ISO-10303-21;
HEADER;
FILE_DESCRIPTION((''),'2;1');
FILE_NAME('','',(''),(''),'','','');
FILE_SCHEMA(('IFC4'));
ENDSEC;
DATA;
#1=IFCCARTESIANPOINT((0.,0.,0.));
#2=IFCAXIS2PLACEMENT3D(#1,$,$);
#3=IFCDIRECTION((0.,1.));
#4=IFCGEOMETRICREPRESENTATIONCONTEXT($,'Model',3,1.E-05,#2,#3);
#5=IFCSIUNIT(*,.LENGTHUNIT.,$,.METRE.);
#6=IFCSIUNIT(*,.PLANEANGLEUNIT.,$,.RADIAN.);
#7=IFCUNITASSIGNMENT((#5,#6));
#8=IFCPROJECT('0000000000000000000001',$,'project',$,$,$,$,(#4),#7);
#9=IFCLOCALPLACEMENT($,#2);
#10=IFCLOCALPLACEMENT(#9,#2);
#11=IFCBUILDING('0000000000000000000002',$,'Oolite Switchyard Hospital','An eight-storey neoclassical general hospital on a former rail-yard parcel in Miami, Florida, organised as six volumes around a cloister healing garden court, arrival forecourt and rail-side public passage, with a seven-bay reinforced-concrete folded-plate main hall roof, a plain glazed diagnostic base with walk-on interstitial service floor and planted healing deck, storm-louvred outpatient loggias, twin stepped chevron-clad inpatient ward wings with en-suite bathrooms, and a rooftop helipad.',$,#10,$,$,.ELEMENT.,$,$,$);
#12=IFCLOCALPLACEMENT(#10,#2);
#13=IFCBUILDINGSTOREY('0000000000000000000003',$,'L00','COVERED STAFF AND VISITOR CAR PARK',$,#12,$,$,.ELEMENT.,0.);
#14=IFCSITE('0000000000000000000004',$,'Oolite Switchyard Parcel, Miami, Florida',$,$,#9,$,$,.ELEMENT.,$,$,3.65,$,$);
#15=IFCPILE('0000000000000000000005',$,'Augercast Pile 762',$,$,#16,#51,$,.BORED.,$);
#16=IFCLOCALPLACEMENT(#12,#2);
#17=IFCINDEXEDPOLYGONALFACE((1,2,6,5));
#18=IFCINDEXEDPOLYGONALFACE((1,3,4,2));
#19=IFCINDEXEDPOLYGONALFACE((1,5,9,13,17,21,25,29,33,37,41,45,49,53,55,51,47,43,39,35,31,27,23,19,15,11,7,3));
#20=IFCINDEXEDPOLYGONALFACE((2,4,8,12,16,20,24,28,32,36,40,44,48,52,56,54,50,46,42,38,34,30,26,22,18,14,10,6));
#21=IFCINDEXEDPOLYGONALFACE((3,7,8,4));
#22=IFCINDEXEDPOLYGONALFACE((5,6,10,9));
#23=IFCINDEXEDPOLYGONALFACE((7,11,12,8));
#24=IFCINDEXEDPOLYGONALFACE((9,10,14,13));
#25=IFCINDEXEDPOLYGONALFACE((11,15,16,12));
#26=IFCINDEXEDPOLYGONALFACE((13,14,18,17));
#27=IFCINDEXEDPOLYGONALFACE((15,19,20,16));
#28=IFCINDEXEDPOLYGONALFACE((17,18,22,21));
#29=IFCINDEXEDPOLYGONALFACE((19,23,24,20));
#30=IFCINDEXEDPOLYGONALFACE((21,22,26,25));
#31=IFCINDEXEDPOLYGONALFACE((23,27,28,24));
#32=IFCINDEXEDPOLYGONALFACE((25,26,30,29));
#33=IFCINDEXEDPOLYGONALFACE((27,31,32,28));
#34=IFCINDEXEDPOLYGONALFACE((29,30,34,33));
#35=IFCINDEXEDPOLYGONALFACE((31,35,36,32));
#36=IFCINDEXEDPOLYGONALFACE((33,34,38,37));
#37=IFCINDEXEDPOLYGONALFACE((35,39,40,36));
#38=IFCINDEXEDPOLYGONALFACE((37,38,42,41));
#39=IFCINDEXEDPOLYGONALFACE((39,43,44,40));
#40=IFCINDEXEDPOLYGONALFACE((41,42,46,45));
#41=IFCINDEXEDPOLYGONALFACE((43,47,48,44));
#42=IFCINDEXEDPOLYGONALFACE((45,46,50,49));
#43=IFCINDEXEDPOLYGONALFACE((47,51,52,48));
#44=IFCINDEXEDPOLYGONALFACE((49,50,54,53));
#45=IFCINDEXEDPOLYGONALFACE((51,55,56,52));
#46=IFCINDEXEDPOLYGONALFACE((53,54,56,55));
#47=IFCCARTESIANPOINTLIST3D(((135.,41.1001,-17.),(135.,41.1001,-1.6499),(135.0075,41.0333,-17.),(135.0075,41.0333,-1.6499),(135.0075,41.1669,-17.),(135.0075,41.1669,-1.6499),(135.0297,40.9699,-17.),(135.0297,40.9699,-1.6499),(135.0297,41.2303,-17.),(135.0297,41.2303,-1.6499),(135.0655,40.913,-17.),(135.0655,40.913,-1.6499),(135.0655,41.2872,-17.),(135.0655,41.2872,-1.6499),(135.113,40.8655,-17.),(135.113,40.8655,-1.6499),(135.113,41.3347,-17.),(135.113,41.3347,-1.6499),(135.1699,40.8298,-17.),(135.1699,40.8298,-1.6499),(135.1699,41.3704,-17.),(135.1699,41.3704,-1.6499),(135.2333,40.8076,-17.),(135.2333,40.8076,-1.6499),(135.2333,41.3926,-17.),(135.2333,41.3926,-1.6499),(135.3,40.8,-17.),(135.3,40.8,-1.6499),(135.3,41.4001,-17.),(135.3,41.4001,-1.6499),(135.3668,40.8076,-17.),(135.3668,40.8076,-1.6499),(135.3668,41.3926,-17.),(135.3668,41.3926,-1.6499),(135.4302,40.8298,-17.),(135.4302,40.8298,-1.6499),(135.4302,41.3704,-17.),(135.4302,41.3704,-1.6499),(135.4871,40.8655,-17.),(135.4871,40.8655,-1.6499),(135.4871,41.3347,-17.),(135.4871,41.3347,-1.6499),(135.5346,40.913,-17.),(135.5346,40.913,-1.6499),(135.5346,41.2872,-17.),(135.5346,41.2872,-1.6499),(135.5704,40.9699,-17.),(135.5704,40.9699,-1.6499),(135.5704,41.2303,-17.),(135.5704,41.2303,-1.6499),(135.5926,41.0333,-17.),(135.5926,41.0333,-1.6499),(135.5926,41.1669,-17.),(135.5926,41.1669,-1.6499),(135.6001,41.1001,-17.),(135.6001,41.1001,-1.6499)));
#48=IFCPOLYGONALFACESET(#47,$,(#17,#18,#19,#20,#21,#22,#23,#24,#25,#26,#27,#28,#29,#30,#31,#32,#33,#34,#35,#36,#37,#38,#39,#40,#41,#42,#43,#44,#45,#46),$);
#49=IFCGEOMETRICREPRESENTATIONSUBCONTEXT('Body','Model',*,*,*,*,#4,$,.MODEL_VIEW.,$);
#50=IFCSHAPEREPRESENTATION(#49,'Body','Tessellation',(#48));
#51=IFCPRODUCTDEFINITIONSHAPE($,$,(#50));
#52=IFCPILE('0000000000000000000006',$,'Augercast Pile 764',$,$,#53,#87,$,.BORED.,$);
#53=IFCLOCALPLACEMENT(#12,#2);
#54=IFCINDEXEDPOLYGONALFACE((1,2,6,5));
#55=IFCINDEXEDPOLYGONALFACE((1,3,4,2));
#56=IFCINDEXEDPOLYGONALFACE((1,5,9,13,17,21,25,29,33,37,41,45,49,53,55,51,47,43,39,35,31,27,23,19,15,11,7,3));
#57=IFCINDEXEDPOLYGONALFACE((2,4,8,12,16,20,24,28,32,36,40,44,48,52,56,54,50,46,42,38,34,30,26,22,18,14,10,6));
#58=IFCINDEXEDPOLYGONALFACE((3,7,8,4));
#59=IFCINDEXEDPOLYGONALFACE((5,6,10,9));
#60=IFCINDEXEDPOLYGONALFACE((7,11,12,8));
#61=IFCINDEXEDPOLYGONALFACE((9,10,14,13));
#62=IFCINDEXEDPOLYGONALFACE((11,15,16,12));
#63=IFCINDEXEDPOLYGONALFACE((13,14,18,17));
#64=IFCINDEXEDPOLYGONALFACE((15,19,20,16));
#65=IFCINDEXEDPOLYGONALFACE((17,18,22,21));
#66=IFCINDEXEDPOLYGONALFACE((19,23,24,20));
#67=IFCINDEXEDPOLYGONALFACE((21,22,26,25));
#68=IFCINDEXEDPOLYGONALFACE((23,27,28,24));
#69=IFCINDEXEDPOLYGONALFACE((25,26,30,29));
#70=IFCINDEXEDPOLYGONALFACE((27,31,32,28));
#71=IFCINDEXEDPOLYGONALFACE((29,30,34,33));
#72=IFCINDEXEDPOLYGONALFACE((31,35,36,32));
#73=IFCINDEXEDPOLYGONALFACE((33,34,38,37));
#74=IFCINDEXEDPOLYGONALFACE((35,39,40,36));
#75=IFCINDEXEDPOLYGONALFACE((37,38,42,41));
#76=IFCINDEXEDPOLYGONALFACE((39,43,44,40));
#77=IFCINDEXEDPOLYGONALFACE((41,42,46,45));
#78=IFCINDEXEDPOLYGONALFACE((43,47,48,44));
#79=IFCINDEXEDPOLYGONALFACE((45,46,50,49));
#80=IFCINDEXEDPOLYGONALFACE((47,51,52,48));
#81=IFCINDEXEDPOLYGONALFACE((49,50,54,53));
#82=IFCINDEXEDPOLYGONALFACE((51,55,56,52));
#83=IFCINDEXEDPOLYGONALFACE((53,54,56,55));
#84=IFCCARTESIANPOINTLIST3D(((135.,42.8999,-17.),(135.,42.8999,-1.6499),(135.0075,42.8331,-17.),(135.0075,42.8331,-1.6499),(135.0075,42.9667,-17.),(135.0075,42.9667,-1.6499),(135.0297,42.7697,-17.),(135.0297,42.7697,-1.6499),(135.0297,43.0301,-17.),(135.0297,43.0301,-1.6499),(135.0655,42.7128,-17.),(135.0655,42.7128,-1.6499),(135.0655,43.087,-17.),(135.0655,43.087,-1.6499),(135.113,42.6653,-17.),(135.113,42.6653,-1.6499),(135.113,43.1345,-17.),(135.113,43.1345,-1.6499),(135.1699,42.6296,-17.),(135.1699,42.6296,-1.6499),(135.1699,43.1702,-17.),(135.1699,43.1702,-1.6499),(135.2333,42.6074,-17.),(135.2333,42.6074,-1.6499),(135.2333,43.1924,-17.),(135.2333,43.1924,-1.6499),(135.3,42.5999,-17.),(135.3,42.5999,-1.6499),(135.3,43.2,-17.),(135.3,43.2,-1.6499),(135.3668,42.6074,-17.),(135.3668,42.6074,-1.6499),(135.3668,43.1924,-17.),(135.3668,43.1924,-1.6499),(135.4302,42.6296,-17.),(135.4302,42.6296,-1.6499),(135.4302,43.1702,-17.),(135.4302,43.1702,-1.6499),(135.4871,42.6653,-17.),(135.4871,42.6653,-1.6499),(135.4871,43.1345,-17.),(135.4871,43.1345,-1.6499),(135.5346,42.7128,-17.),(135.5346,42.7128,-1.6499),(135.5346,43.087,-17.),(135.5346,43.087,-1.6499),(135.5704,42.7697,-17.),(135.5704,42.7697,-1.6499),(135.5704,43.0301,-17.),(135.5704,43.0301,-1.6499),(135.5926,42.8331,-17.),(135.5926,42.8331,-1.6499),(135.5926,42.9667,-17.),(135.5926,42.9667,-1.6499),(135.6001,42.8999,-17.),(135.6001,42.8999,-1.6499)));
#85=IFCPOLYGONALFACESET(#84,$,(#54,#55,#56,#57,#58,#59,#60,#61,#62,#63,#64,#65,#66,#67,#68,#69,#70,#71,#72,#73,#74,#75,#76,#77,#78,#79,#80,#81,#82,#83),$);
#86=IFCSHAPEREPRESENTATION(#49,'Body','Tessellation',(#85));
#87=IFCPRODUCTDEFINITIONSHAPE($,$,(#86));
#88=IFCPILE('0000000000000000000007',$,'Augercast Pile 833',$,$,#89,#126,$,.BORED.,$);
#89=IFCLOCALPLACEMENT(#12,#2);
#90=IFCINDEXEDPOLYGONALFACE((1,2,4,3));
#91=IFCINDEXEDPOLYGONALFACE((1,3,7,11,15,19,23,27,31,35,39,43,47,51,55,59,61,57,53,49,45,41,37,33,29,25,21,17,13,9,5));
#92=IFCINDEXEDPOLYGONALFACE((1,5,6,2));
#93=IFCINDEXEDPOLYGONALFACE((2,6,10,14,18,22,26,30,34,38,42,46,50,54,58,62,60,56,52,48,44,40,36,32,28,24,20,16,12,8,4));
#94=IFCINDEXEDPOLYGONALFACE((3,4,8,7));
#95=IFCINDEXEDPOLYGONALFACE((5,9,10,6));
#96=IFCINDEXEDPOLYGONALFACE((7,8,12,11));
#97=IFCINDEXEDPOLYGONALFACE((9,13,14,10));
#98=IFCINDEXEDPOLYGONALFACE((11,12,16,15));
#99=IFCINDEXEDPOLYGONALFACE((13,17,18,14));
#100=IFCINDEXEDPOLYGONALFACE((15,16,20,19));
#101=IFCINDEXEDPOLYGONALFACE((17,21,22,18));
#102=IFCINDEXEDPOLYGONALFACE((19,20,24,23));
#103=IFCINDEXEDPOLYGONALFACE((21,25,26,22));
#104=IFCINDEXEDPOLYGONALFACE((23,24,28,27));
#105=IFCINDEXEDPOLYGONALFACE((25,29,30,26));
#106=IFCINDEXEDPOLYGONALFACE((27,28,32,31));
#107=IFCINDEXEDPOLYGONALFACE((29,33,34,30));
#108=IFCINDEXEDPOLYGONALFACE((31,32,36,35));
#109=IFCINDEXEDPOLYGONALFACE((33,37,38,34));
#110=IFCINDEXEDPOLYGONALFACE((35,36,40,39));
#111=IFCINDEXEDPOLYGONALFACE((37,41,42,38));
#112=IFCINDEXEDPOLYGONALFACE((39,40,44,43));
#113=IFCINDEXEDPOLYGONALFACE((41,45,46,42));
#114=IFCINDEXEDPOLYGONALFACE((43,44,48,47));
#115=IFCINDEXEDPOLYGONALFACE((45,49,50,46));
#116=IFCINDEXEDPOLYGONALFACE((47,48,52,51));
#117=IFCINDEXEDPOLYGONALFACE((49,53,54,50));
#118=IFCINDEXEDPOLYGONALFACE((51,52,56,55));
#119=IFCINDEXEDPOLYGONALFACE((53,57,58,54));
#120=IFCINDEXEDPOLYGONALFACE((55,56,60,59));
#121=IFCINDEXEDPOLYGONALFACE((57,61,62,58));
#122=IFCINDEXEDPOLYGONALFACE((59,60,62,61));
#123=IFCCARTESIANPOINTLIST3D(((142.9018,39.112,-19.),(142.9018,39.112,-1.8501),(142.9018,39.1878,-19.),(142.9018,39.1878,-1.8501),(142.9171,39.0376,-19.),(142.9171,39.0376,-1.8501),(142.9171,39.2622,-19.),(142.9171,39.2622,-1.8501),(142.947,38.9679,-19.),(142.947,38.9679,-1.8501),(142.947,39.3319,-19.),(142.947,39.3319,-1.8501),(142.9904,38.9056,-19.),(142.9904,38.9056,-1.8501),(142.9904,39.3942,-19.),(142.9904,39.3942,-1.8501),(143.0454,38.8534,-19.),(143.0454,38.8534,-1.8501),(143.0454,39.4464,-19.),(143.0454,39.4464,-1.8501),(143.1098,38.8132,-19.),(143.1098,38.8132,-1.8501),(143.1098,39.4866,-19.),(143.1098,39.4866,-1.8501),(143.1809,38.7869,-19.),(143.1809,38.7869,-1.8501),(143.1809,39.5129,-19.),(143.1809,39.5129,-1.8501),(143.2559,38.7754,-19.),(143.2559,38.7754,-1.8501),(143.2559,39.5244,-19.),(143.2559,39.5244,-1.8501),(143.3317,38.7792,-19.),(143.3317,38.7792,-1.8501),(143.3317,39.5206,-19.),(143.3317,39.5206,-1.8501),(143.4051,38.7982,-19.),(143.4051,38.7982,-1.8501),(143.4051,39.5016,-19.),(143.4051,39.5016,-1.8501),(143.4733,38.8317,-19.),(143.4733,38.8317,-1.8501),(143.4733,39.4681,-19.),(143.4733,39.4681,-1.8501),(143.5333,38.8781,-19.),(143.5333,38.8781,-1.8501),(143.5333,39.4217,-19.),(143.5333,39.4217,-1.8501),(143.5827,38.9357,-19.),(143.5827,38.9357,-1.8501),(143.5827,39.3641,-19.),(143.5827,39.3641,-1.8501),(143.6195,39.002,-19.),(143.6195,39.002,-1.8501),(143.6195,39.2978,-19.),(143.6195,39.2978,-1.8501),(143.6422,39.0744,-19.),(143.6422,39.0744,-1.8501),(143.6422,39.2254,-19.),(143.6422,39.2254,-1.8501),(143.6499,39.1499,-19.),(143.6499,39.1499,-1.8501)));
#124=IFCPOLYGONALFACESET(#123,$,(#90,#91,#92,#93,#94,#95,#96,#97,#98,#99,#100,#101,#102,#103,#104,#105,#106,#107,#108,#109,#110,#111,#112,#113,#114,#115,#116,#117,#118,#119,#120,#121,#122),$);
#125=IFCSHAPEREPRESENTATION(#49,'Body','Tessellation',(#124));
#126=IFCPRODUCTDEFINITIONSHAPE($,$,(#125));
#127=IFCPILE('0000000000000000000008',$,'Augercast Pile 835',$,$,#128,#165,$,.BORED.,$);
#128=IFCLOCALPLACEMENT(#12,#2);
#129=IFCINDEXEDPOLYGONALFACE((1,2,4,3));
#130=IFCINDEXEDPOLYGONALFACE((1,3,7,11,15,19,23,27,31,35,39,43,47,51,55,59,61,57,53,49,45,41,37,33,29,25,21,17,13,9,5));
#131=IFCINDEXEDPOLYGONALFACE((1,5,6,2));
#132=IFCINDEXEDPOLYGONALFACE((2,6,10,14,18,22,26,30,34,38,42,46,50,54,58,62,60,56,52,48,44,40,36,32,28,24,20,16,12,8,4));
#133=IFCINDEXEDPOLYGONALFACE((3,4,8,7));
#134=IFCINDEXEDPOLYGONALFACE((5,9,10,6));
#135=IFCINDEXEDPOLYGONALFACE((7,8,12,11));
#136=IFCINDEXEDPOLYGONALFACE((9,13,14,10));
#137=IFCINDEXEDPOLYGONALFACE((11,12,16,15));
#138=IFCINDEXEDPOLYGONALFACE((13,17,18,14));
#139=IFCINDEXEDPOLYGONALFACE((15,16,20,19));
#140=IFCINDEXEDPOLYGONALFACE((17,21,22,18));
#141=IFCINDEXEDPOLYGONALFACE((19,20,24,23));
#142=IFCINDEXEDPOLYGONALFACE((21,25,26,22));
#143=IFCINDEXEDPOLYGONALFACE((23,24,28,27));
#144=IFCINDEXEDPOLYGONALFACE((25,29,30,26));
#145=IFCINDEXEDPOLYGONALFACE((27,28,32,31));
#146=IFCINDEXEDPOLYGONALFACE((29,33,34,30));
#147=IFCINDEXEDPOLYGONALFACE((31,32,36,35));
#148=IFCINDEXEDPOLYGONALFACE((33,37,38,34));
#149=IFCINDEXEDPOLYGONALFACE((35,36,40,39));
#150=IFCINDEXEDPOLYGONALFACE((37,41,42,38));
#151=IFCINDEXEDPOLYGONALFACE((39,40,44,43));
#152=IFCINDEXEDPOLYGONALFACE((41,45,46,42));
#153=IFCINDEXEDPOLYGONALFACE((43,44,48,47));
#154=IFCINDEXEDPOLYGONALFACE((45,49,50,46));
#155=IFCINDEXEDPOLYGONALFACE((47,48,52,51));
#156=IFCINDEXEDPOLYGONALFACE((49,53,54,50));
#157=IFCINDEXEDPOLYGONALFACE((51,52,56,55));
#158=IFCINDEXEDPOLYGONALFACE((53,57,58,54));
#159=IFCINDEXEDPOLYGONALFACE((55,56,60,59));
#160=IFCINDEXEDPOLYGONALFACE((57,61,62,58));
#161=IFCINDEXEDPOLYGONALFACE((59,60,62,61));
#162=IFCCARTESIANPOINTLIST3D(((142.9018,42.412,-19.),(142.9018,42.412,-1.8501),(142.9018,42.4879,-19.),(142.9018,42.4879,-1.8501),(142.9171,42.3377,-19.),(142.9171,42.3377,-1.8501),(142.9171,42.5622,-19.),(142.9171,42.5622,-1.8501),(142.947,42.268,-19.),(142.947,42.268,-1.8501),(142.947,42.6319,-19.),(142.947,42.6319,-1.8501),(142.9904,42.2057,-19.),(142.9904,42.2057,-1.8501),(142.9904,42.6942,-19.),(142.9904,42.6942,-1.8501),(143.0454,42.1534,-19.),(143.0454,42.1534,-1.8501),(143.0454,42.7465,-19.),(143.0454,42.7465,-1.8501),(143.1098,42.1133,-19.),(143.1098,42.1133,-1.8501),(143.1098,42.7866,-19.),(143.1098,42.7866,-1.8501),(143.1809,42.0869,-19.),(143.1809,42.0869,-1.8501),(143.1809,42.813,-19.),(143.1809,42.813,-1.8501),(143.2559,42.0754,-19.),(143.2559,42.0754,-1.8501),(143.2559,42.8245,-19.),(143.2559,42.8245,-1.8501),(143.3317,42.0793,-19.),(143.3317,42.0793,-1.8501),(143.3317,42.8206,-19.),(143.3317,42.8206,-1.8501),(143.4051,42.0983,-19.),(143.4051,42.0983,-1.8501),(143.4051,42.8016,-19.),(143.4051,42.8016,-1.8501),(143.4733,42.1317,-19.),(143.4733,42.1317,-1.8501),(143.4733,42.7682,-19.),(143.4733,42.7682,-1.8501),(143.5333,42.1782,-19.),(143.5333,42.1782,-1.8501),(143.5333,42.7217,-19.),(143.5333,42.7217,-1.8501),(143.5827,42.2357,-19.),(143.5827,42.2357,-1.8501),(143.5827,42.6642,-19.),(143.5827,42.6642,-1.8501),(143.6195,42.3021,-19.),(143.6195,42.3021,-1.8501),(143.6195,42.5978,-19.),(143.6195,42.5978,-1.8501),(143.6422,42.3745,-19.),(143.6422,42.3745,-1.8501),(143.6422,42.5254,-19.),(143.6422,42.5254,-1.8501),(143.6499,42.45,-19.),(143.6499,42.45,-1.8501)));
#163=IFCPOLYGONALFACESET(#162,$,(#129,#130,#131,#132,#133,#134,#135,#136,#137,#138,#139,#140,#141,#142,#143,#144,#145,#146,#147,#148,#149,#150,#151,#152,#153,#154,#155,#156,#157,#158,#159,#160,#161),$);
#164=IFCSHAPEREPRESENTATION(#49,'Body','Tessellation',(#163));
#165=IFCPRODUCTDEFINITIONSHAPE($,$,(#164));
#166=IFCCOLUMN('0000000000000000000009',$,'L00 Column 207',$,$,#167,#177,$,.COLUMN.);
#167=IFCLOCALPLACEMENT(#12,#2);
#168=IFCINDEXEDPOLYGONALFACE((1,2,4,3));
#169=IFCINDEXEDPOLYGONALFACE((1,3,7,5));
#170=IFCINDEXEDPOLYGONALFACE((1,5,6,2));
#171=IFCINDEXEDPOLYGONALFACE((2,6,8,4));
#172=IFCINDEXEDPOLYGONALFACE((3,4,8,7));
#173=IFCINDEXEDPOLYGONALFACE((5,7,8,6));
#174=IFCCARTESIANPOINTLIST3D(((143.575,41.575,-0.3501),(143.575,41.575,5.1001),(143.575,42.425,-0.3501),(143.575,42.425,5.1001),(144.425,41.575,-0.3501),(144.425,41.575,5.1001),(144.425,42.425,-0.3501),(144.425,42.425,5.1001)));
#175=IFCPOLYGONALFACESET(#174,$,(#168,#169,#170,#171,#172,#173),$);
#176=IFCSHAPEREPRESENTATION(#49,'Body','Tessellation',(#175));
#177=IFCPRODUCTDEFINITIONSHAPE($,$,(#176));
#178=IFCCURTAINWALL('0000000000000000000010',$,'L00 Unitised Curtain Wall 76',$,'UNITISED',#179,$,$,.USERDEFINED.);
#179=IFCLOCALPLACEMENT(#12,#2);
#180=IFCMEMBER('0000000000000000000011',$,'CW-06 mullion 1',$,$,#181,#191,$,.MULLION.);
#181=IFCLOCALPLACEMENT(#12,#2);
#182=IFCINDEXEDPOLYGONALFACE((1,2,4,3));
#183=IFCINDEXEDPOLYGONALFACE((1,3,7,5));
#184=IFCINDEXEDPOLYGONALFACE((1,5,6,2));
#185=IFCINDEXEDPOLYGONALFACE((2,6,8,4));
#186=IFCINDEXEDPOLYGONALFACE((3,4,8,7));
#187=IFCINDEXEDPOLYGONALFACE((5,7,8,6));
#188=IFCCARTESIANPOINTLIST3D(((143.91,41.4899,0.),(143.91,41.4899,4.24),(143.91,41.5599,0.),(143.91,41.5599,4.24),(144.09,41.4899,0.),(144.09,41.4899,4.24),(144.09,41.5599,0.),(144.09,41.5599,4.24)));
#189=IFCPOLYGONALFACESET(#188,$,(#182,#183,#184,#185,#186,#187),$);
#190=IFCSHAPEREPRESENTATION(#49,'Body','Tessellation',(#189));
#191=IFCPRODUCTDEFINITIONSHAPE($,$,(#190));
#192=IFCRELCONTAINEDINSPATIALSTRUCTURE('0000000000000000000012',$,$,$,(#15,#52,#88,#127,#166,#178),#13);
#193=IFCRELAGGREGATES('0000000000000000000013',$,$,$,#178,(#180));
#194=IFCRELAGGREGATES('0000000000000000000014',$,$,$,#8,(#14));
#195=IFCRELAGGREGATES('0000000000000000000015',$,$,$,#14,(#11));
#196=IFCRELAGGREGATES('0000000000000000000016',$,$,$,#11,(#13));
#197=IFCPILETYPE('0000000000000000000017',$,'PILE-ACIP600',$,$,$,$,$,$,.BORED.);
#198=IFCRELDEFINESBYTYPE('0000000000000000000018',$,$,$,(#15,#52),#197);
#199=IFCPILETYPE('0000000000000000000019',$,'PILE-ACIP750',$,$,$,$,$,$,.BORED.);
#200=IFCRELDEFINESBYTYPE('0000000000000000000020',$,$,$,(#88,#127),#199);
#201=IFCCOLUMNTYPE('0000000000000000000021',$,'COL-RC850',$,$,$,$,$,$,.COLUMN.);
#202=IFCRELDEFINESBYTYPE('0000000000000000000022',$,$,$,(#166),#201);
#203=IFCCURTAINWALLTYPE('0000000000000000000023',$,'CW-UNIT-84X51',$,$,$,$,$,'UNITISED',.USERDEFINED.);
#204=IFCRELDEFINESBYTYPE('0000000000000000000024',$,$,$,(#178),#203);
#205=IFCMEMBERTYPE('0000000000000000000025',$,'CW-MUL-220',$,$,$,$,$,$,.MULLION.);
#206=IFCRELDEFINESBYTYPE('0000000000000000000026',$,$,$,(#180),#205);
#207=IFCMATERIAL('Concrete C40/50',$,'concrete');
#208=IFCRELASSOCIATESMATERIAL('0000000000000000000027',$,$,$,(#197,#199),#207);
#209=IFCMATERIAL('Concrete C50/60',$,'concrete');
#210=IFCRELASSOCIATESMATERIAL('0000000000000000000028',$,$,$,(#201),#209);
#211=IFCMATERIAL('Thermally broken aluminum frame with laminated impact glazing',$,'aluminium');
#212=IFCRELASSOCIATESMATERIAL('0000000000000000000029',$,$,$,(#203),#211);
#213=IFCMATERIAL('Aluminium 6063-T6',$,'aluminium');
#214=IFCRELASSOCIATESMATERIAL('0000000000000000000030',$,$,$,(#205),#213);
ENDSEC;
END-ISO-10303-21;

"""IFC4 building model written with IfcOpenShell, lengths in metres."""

from ifc_helpers import new_model, si_unit, direction, frame, origin, origin_2d, place, context, subcontext, project, spatial, rectangle, circle, extrude, material, material_profile, profile_set, type_object, element, aggregate, save


model = new_model("IFC4")

# Units and contexts
model_context = context("Model", 3, precision=1e-05, world=origin(), true_north=direction((0.0, 1.0)))
body_context = subcontext(model_context, "Body", "Model", "MODEL_VIEW")
ifc_project = project(units=[si_unit("LENGTHUNIT", "METRE"), si_unit("PLANEANGLEUNIT", "RADIAN")], contexts=[model_context])

# Site, building, storey
site_placement = place(None, origin())
site = spatial("IfcSite", under=ifc_project, at=site_placement, Name="Oolite Switchyard Parcel, Miami, Florida", CompositionType="ELEMENT", RefElevation=3.65)
building_placement = place(site_placement, origin())
building = spatial("IfcBuilding", under=site, at=building_placement, Name="Oolite Switchyard Hospital", Description="An eight-storey neoclassical general hospital on a former rail-yard parcel in Miami, Florida, organised as six volumes around a cloister healing garden court, arrival forecourt and rail-side public passage, with a seven-bay reinforced-concrete folded-plate main hall roof, a plain glazed diagnostic base with walk-on interstitial service floor and planted healing deck, storm-louvred outpatient loggias, twin stepped chevron-clad inpatient ward wings with en-suite bathrooms, and a rooftop helipad.", CompositionType="ELEMENT")
storey_placement = place(building_placement, origin())
storey = spatial("IfcBuildingStorey", under=building, at=storey_placement, Name="L00", Description="COVERED STAFF AND VISITOR CAR PARK", CompositionType="ELEMENT", Elevation=0.0)

# Piles
ifc_material_1 = material(Name="Concrete C40/50", Category="concrete")
ifc_material_profile_1 = material_profile(ifc_material_1, circle(Radius=0.3, at=origin_2d()), Name="PILE600")
ifc_profile_set_1 = profile_set([ifc_material_profile_1], Name="Concrete C40/50")
pile_type_1 = type_object("IfcPileType", Name="PILE-ACIP600", PredefinedType="BORED", material=ifc_profile_set_1)
for number, where, z_axis, x_axis, name in (
    (1, (135.3, 41.1001, -1.6499), (0.0, 0.0, -1.0), (1.0, 0.0, 0.0), "Augercast Pile 762"),
    (2, (135.3, 42.8999, -1.6499), (0.0, 0.0, -1.0), (1.0, 0.0, 0.0), "Augercast Pile 764"),
):
    element("IfcPile", number, at=place(storey_placement, frame(where, z_axis=z_axis, x_axis=x_axis)), inside=storey, type_object=pile_type_1, Name=name, PredefinedType="BORED", context=body_context, shape_type="SweptSolid", body=[
        extrude(circle(Radius=0.3, at=origin_2d()), origin(), (0.0, 0.0, 1.0), 15.3501),
    ])
ifc_material_profile_2 = material_profile(ifc_material_1, circle(Radius=0.375, at=origin_2d()), Name="PILE750")
ifc_profile_set_2 = profile_set([ifc_material_profile_2], Name="Concrete C40/50")
pile_type_2 = type_object("IfcPileType", Name="PILE-ACIP750", PredefinedType="BORED", material=ifc_profile_set_2)
for number, where, z_axis, x_axis, name in (
    (3, (143.2749, 39.1499, -1.8501), (0.0, 0.0, -1.0), (1.0, 0.0, 0.0), "Augercast Pile 833"),
    (4, (143.2749, 42.45, -1.8501), (0.0, 0.0, -1.0), (1.0, 0.0, 0.0), "Augercast Pile 835"),
):
    element("IfcPile", number, at=place(storey_placement, frame(where, z_axis=z_axis, x_axis=x_axis)), inside=storey, type_object=pile_type_2, Name=name, PredefinedType="BORED", context=body_context, shape_type="SweptSolid", body=[
        extrude(circle(Radius=0.375, at=origin_2d()), origin(), (0.0, 0.0, 1.0), 17.1499),
    ])

# Column
ifc_material_2 = material(Name="Concrete C50/60", Category="concrete")
ifc_material_profile_3 = material_profile(ifc_material_2, rectangle(XDim=0.8501, YDim=0.8501, at=origin_2d()), Name="RC850X850")
ifc_profile_set_3 = profile_set([ifc_material_profile_3], Name="Concrete C50/60")
column_type = type_object("IfcColumnType", Name="COL-RC850", PredefinedType="COLUMN", material=ifc_profile_set_3)
column_placement = place(storey_placement, frame((144.0, 42.0, -0.3501), z_axis=(0.0, 0.0, 1.0), x_axis=(1.0, 0.0, 0.0)))
element("IfcColumn", 5, at=column_placement, inside=storey, type_object=column_type, Name="L00 Column 207", PredefinedType="COLUMN", context=body_context, shape_type="SweptSolid", body=[
    extrude(rectangle(XDim=0.8501, YDim=0.8501, at=origin_2d()), origin(), (0.0, 0.0, 1.0), 5.4502),
])

# Curtain wall, member
ifc_material_3 = material(Name="Thermally broken aluminum frame with laminated impact glazing", Category="aluminium")
curtain_wall_type = type_object("IfcCurtainWallType", Name="CW-UNIT-84X51", ElementType="UNITISED", PredefinedType="USERDEFINED", material=ifc_material_3)
curtain_wall_1_placement = place(storey_placement, origin())
curtain_wall_1 = element("IfcCurtainWall", 6, at=curtain_wall_1_placement, inside=storey, type_object=curtain_wall_type, Name="L00 Unitised Curtain Wall 76", ObjectType="UNITISED", PredefinedType="USERDEFINED")
ifc_material_4 = material(Name="Aluminium 6063-T6", Category="aluminium")
ifc_material_profile_4 = material_profile(ifc_material_4, rectangle(XDim=0.1799, YDim=0.0701, at=origin_2d()), Name="CWM70X180")
ifc_profile_set_4 = profile_set([ifc_material_profile_4], Name="Aluminium 6063-T6")
member_type_1 = type_object("IfcMemberType", Name="CW-MUL-220", PredefinedType="MULLION", material=ifc_profile_set_4)
member_1_placement = place(storey_placement, frame((144.0, 41.5249, 0.0), z_axis=(0.0, 0.0, 1.0), x_axis=(1.0, 0.0, 0.0)))
member_1 = element("IfcMember", 7, at=member_1_placement, type_object=member_type_1, Name="CW-06 mullion 1", PredefinedType="MULLION", context=body_context, shape_type="SweptSolid", body=[
    extrude(rectangle(XDim=0.1799, YDim=0.0701, at=origin_2d()), origin(), (0.0, 0.0, 1.0), 4.24),
])

aggregate(curtain_wall_1, [member_1])

save(model, "model.ifc")
